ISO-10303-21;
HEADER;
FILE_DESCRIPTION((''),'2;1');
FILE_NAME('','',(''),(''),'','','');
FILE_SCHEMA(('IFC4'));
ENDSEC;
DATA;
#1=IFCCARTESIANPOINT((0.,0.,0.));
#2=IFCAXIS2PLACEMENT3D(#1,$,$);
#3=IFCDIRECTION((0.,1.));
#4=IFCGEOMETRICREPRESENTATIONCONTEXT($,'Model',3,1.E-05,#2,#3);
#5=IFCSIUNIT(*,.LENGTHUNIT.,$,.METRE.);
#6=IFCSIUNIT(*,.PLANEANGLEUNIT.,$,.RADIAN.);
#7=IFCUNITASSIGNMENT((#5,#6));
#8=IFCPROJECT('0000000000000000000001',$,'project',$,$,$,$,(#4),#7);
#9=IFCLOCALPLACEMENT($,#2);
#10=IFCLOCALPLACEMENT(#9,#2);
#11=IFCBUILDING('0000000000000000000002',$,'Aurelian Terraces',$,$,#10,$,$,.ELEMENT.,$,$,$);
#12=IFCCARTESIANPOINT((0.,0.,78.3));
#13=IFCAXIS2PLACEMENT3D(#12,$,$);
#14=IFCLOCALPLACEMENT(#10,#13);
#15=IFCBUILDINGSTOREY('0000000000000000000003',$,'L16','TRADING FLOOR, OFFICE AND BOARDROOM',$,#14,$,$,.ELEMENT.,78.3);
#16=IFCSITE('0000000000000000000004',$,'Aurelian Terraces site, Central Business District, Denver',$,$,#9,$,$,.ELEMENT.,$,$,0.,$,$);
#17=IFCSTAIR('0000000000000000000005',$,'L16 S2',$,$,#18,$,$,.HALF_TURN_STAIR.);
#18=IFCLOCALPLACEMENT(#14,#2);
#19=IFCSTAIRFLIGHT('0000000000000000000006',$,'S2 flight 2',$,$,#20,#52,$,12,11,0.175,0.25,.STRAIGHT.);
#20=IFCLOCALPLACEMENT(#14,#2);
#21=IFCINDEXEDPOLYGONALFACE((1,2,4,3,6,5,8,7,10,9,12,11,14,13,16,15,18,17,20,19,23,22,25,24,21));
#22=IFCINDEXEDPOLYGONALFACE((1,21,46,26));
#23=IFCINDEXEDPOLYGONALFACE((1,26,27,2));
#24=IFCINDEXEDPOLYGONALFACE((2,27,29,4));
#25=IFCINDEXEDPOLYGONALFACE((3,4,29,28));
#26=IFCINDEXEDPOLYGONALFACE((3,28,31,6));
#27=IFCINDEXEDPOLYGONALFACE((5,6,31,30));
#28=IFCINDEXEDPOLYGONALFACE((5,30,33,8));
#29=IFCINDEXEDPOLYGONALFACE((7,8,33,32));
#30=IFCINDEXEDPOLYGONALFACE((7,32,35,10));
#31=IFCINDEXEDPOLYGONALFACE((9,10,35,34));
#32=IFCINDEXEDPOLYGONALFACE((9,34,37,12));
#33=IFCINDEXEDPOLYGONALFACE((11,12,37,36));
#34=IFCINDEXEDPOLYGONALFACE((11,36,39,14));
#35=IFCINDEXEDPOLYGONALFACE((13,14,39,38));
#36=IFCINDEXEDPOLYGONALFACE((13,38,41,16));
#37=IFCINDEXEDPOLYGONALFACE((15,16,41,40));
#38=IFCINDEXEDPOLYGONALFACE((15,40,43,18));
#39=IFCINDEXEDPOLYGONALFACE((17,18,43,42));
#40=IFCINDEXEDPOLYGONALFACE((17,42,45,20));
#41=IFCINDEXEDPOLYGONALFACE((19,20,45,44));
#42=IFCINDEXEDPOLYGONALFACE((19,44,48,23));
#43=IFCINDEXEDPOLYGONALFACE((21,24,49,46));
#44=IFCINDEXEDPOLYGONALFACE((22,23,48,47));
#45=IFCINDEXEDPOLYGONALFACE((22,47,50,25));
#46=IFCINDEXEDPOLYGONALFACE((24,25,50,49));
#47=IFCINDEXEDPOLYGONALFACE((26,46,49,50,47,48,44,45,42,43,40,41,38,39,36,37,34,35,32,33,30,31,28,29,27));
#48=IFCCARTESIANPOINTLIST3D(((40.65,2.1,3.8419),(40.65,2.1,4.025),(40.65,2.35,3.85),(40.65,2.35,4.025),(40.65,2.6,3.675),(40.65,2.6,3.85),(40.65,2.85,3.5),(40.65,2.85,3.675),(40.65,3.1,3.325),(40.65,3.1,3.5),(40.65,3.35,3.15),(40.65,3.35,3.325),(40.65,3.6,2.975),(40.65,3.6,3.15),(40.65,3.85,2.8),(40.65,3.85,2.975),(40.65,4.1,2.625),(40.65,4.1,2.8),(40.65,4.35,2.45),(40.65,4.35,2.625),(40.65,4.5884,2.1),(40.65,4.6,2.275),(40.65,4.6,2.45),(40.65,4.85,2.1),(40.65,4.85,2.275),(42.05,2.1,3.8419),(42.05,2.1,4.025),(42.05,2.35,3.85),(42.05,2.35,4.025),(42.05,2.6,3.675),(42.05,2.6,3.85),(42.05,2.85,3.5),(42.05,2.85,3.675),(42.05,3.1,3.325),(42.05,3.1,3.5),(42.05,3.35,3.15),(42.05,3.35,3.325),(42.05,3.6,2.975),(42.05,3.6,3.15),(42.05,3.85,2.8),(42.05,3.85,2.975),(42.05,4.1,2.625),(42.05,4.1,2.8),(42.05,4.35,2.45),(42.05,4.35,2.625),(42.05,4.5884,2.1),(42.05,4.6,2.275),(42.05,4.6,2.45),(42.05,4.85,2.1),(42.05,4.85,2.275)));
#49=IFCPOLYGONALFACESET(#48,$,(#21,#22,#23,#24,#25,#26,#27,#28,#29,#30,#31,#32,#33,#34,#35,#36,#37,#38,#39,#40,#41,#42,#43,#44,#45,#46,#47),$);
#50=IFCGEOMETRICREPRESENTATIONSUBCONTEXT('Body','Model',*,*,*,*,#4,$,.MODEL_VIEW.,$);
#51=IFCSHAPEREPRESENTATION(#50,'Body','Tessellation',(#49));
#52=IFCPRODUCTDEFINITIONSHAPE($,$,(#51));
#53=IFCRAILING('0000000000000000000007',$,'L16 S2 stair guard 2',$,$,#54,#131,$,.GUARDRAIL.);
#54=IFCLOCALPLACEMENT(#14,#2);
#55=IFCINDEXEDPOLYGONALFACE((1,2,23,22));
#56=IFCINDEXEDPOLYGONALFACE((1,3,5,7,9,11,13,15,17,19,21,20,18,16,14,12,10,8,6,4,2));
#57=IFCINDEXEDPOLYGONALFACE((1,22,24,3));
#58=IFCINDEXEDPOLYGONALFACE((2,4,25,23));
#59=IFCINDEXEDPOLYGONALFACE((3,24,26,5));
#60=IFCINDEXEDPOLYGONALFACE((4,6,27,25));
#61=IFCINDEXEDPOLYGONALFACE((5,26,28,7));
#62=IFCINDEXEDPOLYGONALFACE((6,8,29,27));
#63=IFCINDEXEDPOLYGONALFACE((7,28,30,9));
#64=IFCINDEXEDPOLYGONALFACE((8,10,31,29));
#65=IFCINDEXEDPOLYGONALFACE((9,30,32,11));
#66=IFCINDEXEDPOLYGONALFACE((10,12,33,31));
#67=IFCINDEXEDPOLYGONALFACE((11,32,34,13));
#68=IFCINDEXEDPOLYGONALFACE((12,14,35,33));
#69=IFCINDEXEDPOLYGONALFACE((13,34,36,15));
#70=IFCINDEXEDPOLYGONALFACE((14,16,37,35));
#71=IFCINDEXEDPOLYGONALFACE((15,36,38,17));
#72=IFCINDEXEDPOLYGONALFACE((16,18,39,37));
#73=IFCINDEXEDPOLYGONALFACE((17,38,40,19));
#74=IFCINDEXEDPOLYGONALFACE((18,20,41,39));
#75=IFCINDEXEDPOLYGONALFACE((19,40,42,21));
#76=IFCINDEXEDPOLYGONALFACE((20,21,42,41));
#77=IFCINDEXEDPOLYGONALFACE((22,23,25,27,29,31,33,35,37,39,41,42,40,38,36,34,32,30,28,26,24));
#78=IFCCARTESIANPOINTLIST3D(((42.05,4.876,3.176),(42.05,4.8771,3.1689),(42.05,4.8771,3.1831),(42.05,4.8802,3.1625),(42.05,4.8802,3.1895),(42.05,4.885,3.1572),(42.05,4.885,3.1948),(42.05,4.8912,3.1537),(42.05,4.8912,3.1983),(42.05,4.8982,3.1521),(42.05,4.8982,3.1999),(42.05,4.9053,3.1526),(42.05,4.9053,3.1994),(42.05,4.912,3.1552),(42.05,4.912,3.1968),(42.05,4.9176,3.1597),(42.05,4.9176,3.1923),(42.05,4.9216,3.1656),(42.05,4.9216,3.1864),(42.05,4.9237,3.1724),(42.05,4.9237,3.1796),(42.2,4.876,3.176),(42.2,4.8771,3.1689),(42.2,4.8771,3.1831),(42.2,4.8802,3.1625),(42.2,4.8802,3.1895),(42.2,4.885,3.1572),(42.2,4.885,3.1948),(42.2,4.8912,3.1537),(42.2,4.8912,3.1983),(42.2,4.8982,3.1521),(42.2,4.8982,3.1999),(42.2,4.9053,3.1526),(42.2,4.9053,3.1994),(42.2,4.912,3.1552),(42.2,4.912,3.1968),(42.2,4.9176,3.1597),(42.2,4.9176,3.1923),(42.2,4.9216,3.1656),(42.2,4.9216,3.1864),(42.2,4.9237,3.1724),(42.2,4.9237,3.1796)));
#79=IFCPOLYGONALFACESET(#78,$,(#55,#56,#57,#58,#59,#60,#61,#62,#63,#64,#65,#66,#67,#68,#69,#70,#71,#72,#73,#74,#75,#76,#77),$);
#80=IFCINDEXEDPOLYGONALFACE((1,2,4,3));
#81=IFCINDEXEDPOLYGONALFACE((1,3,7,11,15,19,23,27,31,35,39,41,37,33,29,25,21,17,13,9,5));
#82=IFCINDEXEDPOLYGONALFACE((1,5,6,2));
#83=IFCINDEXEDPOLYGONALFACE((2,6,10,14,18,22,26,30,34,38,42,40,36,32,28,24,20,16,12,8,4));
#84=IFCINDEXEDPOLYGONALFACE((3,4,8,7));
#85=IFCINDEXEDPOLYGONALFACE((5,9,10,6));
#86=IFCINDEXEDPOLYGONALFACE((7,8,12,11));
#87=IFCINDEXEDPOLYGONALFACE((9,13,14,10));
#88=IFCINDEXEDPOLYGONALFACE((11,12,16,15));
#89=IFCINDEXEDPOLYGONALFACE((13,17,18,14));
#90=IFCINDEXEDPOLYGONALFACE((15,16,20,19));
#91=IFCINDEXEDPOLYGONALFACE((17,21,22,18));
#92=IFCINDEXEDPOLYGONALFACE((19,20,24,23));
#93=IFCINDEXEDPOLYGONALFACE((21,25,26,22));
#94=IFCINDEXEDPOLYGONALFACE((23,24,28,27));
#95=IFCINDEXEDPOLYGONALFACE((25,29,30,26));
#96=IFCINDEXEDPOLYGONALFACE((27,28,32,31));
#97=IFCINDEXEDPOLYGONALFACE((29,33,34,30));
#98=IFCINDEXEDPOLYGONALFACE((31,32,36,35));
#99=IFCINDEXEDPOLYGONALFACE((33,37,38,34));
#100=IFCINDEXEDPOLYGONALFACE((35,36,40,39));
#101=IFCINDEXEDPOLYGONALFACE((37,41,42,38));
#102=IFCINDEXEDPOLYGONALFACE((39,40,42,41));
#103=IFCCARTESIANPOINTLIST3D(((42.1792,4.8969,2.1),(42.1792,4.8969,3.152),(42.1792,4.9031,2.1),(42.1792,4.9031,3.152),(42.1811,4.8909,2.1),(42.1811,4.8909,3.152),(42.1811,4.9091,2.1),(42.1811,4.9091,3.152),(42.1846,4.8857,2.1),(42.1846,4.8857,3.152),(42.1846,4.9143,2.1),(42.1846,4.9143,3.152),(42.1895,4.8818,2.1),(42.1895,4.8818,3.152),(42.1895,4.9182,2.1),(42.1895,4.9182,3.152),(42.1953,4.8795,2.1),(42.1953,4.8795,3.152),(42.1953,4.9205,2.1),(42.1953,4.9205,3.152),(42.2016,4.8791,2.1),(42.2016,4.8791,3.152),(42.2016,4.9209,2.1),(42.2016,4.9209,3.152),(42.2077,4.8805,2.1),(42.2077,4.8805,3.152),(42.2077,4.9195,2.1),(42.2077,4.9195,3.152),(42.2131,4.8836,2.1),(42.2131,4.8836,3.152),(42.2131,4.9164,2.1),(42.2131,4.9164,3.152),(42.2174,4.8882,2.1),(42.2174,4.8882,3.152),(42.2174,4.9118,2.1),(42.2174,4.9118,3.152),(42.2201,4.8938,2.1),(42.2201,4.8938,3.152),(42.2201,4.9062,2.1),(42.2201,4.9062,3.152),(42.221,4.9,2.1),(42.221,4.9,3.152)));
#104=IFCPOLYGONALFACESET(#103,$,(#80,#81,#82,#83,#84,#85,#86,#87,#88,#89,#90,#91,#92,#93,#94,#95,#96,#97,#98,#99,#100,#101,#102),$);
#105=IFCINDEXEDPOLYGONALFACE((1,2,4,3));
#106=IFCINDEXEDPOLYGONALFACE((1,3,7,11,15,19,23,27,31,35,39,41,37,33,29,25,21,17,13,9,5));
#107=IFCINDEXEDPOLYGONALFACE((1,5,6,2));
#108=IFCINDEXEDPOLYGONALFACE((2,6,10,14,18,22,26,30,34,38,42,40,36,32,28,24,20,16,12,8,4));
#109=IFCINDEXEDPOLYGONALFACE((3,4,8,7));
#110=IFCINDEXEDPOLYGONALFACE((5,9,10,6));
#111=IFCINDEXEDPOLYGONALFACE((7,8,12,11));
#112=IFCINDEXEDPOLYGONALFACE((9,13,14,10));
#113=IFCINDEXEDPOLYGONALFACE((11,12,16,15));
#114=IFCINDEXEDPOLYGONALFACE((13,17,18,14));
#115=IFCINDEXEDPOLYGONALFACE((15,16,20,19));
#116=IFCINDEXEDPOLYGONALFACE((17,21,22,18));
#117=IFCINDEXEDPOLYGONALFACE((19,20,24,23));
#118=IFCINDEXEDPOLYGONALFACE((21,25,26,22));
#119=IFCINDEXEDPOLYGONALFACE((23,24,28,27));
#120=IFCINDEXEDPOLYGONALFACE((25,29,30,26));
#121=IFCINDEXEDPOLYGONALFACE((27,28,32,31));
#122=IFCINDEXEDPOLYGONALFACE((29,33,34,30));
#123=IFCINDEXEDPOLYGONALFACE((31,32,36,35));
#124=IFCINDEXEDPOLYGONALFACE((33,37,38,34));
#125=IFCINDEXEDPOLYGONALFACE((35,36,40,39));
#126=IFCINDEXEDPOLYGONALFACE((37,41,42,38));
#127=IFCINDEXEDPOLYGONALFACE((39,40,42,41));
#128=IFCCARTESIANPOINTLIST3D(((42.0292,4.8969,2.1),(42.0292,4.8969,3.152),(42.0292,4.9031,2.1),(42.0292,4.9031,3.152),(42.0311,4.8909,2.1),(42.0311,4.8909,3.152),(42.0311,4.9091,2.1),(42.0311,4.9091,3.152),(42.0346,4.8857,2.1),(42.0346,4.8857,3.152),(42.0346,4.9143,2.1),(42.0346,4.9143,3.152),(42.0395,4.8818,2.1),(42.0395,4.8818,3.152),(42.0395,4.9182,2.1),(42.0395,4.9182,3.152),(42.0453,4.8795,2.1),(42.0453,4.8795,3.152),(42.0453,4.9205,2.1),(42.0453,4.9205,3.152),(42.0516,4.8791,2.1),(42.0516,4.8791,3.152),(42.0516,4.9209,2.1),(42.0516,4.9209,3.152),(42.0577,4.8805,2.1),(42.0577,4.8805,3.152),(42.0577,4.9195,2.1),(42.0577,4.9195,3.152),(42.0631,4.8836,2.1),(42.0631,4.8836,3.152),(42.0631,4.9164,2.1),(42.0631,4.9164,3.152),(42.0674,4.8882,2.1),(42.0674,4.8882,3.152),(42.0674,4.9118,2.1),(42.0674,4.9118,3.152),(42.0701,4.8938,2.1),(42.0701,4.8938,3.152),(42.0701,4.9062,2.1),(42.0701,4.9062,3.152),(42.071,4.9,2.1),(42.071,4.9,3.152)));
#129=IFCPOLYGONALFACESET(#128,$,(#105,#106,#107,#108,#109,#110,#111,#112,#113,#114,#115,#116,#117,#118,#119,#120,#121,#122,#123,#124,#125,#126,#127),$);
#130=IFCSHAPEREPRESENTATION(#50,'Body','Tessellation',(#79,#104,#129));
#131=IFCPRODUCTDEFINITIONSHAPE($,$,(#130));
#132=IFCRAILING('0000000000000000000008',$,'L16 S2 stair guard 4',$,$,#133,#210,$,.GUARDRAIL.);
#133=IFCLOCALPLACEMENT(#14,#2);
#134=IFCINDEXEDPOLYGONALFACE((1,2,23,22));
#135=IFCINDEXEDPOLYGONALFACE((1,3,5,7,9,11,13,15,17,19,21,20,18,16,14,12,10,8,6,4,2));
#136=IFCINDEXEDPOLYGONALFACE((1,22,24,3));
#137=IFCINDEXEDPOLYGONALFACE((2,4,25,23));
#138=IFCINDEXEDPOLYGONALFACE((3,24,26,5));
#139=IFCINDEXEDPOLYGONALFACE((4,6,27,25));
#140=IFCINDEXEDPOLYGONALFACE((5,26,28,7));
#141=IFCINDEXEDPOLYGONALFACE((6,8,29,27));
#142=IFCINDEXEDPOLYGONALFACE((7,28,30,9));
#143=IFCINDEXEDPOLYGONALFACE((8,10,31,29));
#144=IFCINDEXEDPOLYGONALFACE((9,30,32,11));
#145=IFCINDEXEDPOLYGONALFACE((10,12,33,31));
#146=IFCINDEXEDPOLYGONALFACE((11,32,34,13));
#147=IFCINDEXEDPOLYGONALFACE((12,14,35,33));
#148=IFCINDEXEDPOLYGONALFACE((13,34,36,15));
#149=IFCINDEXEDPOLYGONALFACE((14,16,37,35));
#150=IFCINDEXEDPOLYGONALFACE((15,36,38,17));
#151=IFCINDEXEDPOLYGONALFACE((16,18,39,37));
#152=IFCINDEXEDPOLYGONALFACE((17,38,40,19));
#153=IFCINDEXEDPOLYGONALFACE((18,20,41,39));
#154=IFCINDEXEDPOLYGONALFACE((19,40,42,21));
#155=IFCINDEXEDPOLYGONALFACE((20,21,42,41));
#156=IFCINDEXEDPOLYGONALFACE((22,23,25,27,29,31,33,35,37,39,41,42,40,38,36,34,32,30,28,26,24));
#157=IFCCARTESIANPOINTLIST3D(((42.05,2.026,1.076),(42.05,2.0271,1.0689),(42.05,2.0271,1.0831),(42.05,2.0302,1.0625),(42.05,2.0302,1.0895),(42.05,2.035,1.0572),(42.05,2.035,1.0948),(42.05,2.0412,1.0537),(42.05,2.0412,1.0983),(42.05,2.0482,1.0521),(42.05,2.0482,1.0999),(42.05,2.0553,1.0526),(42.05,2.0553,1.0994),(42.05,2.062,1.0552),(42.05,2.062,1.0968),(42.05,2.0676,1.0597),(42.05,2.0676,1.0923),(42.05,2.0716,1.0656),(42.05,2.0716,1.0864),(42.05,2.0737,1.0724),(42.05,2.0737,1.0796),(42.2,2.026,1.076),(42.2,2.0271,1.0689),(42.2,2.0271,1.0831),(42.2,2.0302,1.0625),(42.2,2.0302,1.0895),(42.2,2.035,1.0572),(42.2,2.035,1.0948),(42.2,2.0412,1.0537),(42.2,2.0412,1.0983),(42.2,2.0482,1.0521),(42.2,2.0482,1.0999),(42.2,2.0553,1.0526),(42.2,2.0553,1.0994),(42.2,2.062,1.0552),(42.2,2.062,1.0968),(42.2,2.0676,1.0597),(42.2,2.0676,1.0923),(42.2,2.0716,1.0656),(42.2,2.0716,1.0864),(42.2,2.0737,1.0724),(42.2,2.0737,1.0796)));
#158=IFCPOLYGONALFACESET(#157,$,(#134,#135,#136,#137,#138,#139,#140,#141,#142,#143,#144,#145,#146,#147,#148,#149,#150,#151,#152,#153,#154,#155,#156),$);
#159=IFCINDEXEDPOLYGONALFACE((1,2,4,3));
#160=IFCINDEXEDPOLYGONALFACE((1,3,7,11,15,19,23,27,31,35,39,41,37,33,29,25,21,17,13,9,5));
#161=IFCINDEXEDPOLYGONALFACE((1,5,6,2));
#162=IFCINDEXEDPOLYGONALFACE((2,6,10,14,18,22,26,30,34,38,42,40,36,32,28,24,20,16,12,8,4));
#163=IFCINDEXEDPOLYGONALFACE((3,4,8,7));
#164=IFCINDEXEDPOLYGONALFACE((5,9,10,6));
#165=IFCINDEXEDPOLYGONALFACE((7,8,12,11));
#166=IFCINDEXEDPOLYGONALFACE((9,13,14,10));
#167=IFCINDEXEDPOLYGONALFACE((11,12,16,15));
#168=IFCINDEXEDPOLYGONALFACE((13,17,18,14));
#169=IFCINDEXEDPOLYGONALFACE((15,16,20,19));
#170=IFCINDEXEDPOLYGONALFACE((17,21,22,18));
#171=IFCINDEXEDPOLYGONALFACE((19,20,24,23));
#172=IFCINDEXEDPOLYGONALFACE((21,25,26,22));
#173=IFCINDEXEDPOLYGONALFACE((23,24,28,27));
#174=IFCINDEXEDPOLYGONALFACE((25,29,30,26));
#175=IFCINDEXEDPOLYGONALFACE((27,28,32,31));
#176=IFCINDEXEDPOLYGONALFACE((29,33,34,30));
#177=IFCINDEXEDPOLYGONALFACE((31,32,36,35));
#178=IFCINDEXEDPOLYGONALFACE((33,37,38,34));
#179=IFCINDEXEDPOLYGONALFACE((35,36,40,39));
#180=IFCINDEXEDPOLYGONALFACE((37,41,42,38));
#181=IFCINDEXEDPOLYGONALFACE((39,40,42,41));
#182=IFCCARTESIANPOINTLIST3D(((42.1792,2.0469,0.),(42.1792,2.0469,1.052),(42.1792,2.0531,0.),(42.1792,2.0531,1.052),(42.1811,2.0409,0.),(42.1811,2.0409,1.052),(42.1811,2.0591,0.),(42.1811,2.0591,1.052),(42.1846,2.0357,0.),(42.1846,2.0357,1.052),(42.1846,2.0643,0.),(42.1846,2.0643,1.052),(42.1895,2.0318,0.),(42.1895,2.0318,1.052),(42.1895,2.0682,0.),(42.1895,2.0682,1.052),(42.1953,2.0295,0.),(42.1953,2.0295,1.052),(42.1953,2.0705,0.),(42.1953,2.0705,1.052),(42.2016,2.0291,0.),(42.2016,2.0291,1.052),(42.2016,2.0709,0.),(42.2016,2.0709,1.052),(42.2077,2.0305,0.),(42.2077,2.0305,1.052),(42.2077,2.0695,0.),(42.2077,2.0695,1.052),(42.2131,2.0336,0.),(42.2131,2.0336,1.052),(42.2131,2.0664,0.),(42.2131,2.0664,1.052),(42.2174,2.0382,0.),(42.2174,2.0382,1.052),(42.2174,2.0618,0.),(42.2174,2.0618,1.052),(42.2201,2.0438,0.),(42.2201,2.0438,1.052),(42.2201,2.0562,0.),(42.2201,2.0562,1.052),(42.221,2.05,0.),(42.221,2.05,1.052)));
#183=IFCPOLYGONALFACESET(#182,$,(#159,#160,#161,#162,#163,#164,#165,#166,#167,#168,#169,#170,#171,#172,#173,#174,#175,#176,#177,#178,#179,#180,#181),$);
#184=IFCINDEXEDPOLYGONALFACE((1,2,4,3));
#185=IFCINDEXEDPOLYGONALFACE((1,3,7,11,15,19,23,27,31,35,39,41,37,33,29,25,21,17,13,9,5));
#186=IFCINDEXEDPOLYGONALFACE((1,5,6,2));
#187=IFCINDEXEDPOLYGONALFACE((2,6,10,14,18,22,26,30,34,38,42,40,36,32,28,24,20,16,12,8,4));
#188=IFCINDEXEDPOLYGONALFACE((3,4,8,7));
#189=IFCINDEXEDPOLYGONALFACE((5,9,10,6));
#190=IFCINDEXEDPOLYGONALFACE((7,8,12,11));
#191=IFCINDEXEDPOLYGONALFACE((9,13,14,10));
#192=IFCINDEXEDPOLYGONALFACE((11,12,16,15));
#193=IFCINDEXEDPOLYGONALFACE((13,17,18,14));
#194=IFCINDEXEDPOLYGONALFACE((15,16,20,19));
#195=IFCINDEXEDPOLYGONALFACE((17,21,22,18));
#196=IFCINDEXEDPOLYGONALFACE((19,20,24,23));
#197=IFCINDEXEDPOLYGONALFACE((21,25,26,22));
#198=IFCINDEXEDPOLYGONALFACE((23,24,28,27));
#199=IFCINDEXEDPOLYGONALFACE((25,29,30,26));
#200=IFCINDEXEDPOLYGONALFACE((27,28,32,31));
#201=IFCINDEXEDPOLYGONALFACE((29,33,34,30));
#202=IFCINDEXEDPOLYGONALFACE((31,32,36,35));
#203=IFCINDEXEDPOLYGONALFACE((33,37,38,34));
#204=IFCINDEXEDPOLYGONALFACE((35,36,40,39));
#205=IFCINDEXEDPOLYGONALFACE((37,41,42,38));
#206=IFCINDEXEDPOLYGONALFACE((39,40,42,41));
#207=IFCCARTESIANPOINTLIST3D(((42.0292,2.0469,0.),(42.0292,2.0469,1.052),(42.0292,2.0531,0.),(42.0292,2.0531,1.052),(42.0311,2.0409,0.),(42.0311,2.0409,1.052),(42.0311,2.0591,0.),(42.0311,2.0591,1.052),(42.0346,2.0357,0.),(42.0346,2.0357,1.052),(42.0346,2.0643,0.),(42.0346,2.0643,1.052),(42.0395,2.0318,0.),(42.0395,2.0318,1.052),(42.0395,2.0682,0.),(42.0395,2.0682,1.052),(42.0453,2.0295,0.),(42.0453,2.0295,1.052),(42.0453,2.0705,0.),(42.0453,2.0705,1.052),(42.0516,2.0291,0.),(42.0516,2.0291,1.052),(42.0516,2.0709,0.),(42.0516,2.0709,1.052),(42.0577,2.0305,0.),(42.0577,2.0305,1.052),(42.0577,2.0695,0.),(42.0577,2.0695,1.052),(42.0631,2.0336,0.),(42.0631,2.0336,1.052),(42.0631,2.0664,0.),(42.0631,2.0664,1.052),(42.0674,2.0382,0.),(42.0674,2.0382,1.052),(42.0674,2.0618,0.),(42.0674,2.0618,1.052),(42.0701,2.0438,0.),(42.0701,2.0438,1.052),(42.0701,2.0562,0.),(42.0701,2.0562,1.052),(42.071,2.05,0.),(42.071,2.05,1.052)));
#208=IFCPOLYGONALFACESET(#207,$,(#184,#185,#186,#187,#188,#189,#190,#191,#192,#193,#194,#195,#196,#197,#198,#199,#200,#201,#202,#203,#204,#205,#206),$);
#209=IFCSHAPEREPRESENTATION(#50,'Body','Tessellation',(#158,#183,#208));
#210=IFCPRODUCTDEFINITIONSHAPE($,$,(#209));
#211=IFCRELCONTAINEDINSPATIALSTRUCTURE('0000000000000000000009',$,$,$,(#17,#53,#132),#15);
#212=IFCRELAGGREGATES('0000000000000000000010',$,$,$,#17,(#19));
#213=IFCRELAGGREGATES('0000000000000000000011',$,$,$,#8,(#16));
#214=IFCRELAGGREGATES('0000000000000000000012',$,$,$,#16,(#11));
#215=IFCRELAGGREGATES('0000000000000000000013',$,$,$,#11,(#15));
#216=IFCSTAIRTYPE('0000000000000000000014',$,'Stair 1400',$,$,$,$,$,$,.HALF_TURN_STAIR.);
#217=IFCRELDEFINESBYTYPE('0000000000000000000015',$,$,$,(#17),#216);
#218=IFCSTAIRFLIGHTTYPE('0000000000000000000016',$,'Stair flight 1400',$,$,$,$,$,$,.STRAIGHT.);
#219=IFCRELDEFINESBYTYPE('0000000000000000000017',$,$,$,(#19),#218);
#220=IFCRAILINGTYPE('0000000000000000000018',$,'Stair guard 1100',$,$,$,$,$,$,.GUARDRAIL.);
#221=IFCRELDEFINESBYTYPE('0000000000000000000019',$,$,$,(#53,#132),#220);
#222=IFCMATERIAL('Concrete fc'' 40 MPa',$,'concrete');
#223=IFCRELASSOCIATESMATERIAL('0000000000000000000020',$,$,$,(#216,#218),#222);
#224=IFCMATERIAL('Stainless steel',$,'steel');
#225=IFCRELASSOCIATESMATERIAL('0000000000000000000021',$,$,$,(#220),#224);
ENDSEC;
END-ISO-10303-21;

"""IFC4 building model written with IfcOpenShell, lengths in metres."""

from ifc_helpers import new_model, si_unit, direction, frame, origin, origin_2d, place, context, subcontext, project, spatial, polyline, circle, outline, extrude, source, transform, mapped, material, type_object, element, aggregate, save


model = new_model("IFC4")

# Units and contexts
model_context = context("Model", 3, precision=1e-05, world=origin(), true_north=direction((0.0, 1.0)))
body_context = subcontext(model_context, "Body", "Model", "MODEL_VIEW")
ifc_project = project(units=[si_unit("LENGTHUNIT", "METRE"), si_unit("PLANEANGLEUNIT", "RADIAN")], contexts=[model_context])

# Site, building, storey
site_placement = place(None, origin())
site = spatial("IfcSite", under=ifc_project, at=site_placement, Name="Aurelian Terraces site, Central Business District, Denver", CompositionType="ELEMENT", RefElevation=0.0)
building_placement = place(site_placement, origin())
building = spatial("IfcBuilding", under=site, at=building_placement, Name="Aurelian Terraces", CompositionType="ELEMENT")
storey_placement = place(building_placement, frame((0.0, 0.0, 78.3)))
storey = spatial("IfcBuildingStorey", under=building, at=storey_placement, Name="L16", Description="TRADING FLOOR, OFFICE AND BOARDROOM", CompositionType="ELEMENT", Elevation=78.3)

# Shared definitions
ifc_material_1 = material(Name="Concrete fc' 40 MPa", Category="concrete")

# Stair, stair flight
stair_type = type_object("IfcStairType", Name="Stair 1400", PredefinedType="HALF_TURN_STAIR", material=ifc_material_1)
stair_placement = place(storey_placement, origin())
stair = element("IfcStair", 1, at=stair_placement, inside=storey, type_object=stair_type, Name="L16 S2", PredefinedType="HALF_TURN_STAIR")
stair_flight_type = type_object("IfcStairFlightType", Name="Stair flight 1400", PredefinedType="STRAIGHT", material=ifc_material_1)
shared_shape_1 = source(origin(), body_context, "Body", "SweptSolid", [
    extrude(outline(polyline([(0.0, 0.0), (0.0, 0.175), (0.25, 0.175), (0.25, 0.35), (0.5, 0.35), (0.5, 0.525), (0.75, 0.525), (0.75, 0.7), (1.0, 0.7), (1.0, 0.875), (1.25, 0.875), (1.25, 1.05), (1.5, 1.05), (1.5, 1.225), (1.75, 1.225), (1.75, 1.4), (2.0, 1.4), (2.0, 1.575), (2.25, 1.575), (2.25, 1.75), (2.5, 1.75), (2.5, 1.925), (2.75, 1.925), (2.75, 2.1), (2.75, 1.7419), (0.2616, 0.0), (0.0, 0.0)])), frame((0.0, 0.7, 0.0), z_axis=(0.0, -1.0, 0.0), x_axis=(1.0, 0.0, 0.0)), (0.0, 0.0, 1.0), 1.4),
])
stair_flight_1_placement = place(storey_placement, frame((41.35, 4.85, 2.1), z_axis=(0.0, 0.0, 1.0), x_axis=(0.0, -1.0, 0.0)))
stair_flight_1 = element("IfcStairFlight", 2, at=stair_flight_1_placement, type_object=stair_flight_type, Name="S2 flight 2", NumberOfRisers=12, NumberOfTreads=11, PredefinedType="STRAIGHT", RiserHeight=0.175, TreadLength=0.25, context=body_context, shape_type="MappedRepresentation", body=[
    mapped(shared_shape_1, transform((0.0, 0.0, 0.0), scale=1.0)),
])
aggregate(stair, [stair_flight_1])

# Railings
ifc_material_2 = material(Name="Stainless steel", Category="steel")
railing_type_1 = type_object("IfcRailingType", Name="Stair guard 1100", PredefinedType="GUARDRAIL", material=ifc_material_2)
shared_shape_2 = source(origin(), body_context, "Body", "SweptSolid", [
    extrude(circle(Radius=0.024, at=origin_2d()), frame((0.0, 0.0, 1.076), z_axis=(-1.0, 0.0, 0.0), x_axis=(0.0, -1.0, 0.0)), (0.0, 0.0, 1.0), 0.15),
    extrude(circle(Radius=0.021, at=origin_2d()), origin(), (0.0, 0.0, 1.0), 1.052),
    extrude(circle(Radius=0.021, at=origin_2d()), frame((-0.15, 0.0, 0.0)), (0.0, 0.0, 1.0), 1.052),
])
for number, where, name in (
    (3, (42.2, 4.9, 2.1), "L16 S2 stair guard 2"),
    (4, (42.2, 2.05, 0.0), "L16 S2 stair guard 4"),
):
    element("IfcRailing", number, at=place(storey_placement, frame(where)), inside=storey, type_object=railing_type_1, Name=name, PredefinedType="GUARDRAIL", context=body_context, shape_type="MappedRepresentation", body=[
        mapped(shared_shape_2, transform((0.0, 0.0, 0.0), scale=1.0)),
    ])

save(model, "model.ifc")
